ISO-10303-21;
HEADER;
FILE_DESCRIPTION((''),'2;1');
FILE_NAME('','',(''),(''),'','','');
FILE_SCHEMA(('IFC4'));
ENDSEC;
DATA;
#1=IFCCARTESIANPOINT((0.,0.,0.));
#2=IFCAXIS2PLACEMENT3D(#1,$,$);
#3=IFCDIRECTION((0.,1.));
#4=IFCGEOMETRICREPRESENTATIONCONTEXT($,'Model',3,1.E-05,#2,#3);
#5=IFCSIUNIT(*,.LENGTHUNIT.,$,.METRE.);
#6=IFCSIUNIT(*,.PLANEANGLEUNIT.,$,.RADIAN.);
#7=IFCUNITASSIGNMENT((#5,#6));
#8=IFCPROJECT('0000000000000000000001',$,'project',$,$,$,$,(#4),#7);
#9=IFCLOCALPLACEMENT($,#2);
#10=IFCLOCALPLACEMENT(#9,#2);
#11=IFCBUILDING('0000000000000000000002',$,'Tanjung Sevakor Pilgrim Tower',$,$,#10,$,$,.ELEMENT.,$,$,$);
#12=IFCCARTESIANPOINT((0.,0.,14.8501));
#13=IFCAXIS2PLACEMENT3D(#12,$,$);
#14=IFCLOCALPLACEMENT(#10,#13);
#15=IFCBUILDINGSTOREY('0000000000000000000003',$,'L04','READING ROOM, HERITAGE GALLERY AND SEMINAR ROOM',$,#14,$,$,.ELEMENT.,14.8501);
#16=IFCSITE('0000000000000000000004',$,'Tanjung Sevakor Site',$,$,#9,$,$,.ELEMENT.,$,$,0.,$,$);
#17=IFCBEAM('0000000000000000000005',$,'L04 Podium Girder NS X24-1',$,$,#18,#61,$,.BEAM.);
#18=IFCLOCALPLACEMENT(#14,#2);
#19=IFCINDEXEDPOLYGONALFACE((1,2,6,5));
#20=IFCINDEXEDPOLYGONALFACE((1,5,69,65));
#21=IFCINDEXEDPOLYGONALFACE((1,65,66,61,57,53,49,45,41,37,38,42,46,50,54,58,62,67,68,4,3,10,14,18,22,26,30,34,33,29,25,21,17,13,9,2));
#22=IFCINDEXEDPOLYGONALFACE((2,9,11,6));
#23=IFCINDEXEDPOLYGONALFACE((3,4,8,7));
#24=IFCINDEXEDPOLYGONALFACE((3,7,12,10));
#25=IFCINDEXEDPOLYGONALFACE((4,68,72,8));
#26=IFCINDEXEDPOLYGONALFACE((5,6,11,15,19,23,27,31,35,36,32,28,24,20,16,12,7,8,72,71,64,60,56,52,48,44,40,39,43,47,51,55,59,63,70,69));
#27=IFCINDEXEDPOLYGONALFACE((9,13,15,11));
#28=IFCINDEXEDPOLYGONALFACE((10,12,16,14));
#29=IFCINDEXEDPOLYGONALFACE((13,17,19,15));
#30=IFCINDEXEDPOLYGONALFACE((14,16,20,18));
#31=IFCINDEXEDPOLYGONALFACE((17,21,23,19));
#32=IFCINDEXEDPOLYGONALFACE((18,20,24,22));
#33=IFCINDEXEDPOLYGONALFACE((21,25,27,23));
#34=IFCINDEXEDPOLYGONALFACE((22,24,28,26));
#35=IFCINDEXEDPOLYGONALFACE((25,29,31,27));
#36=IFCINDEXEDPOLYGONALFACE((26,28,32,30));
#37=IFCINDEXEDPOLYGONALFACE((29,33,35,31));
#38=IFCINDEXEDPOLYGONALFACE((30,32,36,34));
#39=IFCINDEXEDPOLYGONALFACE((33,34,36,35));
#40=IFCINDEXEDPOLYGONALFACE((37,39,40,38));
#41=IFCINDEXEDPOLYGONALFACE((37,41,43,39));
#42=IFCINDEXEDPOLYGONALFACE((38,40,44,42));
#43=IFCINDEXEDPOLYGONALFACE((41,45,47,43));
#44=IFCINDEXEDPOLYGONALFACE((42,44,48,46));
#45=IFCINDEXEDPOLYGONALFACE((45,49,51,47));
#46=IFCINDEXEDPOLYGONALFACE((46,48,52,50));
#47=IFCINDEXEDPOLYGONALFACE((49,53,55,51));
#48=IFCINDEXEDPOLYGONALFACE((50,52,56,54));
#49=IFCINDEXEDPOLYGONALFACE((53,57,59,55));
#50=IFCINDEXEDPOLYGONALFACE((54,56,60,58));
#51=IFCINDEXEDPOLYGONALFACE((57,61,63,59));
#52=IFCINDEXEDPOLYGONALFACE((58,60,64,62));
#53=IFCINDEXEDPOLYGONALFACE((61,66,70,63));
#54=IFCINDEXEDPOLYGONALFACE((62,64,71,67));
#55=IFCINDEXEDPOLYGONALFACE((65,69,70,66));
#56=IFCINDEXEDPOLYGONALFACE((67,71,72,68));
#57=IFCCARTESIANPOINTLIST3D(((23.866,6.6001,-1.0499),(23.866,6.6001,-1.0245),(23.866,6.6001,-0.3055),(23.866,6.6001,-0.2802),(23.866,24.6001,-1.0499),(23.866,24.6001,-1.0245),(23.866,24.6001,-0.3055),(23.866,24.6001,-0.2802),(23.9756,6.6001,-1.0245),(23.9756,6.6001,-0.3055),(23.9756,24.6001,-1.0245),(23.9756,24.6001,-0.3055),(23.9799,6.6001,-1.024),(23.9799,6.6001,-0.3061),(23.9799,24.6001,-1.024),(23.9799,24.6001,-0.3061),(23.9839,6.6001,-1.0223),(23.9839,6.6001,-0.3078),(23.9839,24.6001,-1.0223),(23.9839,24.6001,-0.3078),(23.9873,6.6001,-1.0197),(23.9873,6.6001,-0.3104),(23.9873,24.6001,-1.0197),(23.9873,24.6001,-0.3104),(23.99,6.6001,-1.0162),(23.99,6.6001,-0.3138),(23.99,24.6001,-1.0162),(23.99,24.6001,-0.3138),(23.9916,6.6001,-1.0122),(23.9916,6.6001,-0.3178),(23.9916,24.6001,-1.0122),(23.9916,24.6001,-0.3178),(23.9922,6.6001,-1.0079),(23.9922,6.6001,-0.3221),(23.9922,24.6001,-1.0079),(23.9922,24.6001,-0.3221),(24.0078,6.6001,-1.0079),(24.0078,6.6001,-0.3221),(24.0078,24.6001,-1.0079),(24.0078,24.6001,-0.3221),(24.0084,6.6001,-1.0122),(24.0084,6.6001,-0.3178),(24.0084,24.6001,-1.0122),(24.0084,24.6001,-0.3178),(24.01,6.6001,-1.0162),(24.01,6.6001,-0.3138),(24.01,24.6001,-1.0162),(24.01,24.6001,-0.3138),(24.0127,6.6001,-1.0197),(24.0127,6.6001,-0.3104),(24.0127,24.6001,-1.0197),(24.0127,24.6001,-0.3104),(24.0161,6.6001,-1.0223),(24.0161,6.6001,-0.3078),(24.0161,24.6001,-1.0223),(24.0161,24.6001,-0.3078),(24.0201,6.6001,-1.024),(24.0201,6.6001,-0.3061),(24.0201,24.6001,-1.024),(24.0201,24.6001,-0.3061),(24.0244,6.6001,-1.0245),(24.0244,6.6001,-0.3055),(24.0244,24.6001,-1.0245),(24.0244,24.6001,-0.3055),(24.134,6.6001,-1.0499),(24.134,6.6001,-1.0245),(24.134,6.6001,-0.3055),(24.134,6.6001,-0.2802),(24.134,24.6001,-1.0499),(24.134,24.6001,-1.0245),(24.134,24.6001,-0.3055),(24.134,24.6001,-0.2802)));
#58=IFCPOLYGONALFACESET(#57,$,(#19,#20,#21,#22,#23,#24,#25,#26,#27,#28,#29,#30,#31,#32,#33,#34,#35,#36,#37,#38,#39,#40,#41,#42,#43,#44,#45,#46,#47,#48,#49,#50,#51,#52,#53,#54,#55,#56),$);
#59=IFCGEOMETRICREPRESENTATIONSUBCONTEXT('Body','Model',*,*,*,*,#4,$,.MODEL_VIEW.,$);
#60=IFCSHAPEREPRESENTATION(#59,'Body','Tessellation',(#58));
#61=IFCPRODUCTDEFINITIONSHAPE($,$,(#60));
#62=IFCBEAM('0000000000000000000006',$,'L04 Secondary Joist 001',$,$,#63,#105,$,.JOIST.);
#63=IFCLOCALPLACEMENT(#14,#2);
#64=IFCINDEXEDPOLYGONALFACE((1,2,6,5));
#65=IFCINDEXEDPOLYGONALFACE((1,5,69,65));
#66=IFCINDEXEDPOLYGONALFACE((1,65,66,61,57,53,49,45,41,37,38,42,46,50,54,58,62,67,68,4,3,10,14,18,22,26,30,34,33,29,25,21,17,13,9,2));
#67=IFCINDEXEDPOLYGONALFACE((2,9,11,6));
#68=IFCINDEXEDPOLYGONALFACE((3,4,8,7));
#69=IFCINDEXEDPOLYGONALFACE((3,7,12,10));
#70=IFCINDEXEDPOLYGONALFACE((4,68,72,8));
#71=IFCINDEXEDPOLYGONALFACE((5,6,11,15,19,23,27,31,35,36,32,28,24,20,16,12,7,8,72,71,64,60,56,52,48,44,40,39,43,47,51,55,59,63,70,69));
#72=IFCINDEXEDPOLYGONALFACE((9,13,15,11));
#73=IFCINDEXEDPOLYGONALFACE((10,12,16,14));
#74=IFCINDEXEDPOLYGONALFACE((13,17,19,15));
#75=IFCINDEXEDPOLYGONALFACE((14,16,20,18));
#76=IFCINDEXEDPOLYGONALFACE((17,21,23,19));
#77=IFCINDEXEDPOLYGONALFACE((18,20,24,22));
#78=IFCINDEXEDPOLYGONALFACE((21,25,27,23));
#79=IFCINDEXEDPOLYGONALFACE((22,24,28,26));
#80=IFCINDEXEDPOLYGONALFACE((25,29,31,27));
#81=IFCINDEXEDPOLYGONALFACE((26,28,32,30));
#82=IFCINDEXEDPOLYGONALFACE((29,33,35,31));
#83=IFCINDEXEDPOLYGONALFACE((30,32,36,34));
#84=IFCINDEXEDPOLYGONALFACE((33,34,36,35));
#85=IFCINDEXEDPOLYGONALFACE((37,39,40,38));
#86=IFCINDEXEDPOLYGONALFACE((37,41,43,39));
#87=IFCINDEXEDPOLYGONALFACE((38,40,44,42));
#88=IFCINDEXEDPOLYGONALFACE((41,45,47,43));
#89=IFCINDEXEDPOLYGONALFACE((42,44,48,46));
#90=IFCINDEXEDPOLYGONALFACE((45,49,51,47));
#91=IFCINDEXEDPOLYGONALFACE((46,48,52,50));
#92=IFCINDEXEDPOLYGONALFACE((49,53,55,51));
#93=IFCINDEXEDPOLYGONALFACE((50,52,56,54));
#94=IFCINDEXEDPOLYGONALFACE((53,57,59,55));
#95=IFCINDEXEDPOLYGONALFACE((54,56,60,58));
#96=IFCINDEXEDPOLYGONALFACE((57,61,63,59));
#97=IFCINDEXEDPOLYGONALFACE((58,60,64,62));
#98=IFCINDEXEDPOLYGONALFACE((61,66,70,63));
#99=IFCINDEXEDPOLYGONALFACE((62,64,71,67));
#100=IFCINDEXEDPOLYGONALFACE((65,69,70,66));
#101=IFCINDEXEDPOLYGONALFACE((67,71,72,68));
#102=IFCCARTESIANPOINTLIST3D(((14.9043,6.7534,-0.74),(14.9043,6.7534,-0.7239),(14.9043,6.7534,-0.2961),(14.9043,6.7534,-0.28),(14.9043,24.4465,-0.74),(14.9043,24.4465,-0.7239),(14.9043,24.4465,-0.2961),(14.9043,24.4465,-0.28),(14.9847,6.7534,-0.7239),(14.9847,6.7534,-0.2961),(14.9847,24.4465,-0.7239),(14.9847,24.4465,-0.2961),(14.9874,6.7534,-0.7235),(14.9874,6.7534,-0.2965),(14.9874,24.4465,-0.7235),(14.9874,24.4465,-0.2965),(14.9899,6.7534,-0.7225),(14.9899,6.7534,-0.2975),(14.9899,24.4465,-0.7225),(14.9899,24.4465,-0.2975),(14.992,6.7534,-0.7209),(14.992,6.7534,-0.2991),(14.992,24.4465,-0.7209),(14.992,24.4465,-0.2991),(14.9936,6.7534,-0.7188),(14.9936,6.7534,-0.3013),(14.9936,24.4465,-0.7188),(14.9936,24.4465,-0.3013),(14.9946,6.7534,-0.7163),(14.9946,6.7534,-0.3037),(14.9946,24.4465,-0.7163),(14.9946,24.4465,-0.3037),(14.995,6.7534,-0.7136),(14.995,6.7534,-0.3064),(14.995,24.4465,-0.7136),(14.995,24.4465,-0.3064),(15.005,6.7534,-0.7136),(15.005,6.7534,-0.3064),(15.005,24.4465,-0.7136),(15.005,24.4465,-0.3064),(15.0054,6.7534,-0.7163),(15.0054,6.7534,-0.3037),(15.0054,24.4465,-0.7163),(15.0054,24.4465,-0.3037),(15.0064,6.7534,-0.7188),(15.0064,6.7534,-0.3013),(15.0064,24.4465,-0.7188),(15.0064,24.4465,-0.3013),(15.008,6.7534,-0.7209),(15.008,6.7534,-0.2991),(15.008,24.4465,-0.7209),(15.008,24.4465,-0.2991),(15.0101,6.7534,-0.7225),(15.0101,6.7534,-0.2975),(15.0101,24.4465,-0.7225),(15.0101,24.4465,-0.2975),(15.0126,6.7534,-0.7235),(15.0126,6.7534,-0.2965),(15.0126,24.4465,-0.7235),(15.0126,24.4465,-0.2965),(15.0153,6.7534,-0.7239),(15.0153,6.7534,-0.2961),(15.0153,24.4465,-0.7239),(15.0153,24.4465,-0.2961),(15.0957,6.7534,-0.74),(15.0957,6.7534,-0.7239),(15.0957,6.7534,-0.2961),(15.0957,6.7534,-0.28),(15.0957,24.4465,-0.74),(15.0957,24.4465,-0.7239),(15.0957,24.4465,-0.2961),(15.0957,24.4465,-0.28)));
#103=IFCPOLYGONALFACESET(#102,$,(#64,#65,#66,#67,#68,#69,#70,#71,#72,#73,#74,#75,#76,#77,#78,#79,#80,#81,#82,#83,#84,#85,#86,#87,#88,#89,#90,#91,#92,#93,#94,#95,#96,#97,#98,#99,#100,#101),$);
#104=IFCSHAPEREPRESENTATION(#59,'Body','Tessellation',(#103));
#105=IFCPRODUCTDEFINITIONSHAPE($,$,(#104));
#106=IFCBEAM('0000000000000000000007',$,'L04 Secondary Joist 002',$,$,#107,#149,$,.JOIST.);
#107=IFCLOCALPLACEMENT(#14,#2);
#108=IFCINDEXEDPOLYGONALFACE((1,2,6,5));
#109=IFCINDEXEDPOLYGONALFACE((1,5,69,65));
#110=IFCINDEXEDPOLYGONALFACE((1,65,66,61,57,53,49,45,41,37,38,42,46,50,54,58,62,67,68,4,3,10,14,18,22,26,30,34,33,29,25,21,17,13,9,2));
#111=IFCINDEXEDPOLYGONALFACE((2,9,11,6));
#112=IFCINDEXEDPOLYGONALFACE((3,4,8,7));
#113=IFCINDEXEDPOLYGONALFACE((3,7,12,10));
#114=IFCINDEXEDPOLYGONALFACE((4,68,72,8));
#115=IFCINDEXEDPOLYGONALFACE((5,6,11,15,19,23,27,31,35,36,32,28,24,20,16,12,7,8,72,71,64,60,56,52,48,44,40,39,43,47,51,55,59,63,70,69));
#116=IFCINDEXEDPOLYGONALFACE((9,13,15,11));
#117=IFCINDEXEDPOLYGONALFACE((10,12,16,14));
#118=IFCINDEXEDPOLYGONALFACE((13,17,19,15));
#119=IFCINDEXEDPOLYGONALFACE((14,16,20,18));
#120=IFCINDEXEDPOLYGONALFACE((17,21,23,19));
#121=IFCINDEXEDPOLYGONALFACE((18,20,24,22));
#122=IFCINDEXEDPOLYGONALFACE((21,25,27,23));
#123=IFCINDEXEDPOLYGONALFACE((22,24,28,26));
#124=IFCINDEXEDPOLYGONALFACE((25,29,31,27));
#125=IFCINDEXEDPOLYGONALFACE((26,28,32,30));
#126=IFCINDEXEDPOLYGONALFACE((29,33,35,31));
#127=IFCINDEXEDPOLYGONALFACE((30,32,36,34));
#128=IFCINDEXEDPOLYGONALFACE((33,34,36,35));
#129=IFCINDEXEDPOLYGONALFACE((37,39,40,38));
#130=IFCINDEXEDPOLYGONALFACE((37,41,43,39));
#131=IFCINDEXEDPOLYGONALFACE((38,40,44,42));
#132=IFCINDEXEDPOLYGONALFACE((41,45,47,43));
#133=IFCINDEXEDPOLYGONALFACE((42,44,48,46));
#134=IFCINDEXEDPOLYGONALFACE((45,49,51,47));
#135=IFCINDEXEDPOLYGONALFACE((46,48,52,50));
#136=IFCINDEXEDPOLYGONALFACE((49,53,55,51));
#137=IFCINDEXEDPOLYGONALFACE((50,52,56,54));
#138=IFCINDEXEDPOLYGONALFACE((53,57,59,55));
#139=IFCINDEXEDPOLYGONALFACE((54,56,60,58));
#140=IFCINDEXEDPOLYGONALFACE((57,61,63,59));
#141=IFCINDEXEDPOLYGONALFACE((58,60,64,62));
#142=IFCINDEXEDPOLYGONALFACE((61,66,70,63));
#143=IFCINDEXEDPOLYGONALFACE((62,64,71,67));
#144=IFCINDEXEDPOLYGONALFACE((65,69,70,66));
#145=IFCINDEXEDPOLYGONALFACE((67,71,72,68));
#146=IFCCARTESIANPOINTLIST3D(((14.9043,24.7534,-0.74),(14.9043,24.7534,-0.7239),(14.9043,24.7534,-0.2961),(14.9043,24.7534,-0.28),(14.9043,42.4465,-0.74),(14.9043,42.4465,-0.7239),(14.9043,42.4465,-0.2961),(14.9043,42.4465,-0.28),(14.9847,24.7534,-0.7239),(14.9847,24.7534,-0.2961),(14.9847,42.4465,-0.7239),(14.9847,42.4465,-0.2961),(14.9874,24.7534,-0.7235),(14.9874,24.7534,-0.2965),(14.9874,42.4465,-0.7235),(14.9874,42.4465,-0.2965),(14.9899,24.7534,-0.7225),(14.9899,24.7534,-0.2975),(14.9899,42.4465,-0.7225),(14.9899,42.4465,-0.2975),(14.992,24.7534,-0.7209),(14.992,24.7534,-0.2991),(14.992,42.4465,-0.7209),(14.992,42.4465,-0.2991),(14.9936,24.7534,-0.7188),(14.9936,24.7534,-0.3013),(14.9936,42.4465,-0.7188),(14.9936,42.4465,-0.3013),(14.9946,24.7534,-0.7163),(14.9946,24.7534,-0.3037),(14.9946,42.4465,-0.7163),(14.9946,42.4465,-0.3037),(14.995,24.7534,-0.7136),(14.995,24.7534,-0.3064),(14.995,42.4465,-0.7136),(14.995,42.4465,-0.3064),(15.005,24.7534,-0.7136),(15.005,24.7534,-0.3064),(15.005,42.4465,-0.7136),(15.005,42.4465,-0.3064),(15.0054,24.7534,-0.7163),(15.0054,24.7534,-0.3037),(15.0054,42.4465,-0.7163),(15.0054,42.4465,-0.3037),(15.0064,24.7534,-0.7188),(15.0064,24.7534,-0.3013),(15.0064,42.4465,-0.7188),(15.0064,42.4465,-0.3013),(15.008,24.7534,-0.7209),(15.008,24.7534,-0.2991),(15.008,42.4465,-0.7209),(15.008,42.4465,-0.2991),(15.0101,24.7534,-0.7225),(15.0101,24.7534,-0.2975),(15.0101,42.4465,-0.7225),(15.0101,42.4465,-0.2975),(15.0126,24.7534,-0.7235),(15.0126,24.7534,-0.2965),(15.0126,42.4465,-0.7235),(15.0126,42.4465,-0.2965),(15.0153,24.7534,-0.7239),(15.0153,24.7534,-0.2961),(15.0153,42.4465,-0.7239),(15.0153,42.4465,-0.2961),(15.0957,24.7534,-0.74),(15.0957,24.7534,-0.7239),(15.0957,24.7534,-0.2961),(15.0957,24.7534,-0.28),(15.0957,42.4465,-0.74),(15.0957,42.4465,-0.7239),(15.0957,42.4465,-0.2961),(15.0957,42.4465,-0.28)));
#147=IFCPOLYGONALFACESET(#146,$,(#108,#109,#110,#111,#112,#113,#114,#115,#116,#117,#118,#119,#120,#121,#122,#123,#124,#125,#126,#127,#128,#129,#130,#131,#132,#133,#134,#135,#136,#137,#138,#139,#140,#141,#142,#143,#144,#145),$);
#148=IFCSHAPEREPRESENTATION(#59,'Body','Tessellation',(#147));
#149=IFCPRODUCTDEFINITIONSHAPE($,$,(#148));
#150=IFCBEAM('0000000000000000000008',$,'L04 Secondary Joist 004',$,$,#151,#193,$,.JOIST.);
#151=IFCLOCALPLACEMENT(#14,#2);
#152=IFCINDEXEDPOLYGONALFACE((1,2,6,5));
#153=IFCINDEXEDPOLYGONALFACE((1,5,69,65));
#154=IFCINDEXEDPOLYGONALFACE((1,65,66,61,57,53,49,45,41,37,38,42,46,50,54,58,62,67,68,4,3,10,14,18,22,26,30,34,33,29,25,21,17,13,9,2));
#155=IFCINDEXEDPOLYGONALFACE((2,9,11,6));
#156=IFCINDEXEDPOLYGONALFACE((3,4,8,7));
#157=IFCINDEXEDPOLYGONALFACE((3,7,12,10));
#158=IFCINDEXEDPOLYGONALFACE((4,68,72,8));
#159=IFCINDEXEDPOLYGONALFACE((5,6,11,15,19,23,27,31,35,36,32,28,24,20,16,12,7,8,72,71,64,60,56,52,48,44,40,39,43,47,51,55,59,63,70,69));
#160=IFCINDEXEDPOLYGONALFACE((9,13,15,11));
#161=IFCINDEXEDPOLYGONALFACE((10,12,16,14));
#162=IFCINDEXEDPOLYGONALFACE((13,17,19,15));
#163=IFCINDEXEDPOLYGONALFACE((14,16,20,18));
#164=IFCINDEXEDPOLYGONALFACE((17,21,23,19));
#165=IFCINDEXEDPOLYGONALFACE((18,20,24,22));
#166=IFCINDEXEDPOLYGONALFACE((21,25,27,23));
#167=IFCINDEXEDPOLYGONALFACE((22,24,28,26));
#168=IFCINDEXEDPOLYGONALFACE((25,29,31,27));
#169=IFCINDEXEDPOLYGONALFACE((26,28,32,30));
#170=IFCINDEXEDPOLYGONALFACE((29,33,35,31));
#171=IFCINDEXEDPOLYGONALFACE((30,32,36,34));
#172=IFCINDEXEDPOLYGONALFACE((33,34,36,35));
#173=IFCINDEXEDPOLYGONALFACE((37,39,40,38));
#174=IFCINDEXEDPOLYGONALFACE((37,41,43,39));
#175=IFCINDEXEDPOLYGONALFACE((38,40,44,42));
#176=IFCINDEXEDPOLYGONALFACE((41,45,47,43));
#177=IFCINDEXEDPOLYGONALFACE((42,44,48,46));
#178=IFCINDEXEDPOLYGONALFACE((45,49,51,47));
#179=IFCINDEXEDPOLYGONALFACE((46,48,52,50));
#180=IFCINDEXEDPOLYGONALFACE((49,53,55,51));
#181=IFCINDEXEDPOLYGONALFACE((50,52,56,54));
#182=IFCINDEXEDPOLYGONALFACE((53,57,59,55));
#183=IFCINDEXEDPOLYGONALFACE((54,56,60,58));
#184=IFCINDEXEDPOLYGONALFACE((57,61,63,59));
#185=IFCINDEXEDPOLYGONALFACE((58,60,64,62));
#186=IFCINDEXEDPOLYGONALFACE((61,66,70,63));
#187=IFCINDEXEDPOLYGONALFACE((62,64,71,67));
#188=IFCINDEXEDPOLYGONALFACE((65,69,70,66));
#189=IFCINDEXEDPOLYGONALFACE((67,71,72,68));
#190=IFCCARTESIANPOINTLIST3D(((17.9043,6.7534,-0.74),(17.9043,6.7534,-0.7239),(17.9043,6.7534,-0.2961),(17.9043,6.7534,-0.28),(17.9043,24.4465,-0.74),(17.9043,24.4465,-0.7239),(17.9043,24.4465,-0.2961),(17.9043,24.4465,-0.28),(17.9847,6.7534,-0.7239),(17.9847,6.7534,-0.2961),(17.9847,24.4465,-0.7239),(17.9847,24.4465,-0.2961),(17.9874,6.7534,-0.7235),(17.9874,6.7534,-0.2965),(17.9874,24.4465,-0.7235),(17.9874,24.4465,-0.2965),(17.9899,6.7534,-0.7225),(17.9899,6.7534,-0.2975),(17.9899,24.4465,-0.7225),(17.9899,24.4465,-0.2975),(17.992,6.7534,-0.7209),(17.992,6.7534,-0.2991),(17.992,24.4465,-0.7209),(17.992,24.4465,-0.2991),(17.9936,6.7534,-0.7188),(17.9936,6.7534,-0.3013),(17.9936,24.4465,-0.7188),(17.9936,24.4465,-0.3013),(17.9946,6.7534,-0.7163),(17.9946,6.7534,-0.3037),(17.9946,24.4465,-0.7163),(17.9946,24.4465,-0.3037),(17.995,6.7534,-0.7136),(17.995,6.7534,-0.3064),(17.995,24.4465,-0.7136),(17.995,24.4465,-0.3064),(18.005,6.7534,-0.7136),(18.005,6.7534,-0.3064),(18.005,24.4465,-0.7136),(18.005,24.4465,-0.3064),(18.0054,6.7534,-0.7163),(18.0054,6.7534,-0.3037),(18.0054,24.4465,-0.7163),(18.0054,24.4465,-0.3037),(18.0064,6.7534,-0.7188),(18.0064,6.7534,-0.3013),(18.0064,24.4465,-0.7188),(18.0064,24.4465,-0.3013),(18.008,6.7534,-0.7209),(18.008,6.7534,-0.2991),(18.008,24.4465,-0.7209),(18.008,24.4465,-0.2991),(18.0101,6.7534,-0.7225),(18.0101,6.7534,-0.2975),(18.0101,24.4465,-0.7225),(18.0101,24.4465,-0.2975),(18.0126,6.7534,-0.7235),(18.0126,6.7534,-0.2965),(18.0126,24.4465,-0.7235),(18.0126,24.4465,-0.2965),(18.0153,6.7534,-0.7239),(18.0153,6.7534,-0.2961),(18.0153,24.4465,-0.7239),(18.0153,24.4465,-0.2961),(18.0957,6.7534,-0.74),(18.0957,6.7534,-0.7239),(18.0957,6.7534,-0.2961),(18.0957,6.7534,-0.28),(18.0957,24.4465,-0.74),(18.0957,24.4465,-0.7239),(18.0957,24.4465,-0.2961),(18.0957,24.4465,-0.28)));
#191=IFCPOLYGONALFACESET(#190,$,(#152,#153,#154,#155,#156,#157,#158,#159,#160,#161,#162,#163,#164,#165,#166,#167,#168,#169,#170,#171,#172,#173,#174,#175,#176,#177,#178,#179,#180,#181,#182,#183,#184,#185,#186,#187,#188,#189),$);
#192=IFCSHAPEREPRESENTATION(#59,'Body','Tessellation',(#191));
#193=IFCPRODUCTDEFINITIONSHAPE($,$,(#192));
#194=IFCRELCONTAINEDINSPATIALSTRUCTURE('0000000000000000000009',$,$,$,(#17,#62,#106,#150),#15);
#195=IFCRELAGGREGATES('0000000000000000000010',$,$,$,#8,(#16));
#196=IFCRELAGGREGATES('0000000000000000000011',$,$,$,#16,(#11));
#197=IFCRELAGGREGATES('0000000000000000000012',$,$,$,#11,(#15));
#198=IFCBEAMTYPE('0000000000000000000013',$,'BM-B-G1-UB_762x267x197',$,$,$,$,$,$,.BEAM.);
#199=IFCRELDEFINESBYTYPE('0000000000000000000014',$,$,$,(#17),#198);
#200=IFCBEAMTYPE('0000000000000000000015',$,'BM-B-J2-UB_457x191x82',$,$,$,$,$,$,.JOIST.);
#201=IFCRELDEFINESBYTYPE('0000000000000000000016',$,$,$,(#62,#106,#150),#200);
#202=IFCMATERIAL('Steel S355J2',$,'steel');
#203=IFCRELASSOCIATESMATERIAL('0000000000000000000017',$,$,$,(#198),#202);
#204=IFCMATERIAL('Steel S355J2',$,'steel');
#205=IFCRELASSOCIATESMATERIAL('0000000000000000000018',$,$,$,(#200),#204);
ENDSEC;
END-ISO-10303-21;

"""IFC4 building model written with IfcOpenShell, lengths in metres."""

from ifc_helpers import new_model, si_unit, direction, frame, origin, origin_2d, place, context, subcontext, project, spatial, i_section, extrude, material, material_profile, profile_set, type_object, element, save


model = new_model("IFC4")

# Units and contexts
model_context = context("Model", 3, precision=1e-05, world=origin(), true_north=direction((0.0, 1.0)))
body_context = subcontext(model_context, "Body", "Model", "MODEL_VIEW")
ifc_project = project(units=[si_unit("LENGTHUNIT", "METRE"), si_unit("PLANEANGLEUNIT", "RADIAN")], contexts=[model_context])

# Site, building, storey
site_placement = place(None, origin())
site = spatial("IfcSite", under=ifc_project, at=site_placement, Name="Tanjung Sevakor Site", CompositionType="ELEMENT", RefElevation=0.0)
building_placement = place(site_placement, origin())
building = spatial("IfcBuilding", under=site, at=building_placement, Name="Tanjung Sevakor Pilgrim Tower", CompositionType="ELEMENT")
storey_placement = place(building_placement, frame((0.0, 0.0, 14.8501)))
storey = spatial("IfcBuildingStorey", under=building, at=storey_placement, Name="L04", Description="READING ROOM, HERITAGE GALLERY AND SEMINAR ROOM", CompositionType="ELEMENT", Elevation=14.8501)

# Beams
ifc_material_1 = material(Name="Steel S355J2", Category="steel")
ifc_material_profile_1 = material_profile(ifc_material_1, i_section(OverallWidth=0.2681, OverallDepth=0.7698, WebThickness=0.0156, FlangeThickness=0.0254, FilletRadius=0.0166, at=origin_2d()))
ifc_profile_set_1 = profile_set([ifc_material_profile_1], Name="Steel S355J2")
beam_type_1 = type_object("IfcBeamType", Name="BM-B-G1-UB_762x267x197", PredefinedType="BEAM", material=ifc_profile_set_1)
for number, where, z_axis, x_axis, name in (
    (1, (24.0, 6.6001, -0.665), (0.0, 1.0, 0.0), (-1.0, 0.0, 0.0), "L04 Podium Girder NS X24-1"),
):
    element("IfcBeam", number, at=place(storey_placement, frame(where, z_axis=z_axis, x_axis=x_axis)), inside=storey, type_object=beam_type_1, Name=name, PredefinedType="BEAM", context=body_context, shape_type="SweptSolid", body=[
        extrude(i_section(OverallWidth=0.2681, OverallDepth=0.7698, WebThickness=0.0156, FlangeThickness=0.0254, FilletRadius=0.0166, at=origin_2d()), origin(), (0.0, 0.0, 1.0), 18.0),
    ])
ifc_material_2 = material(Name="Steel S355J2", Category="steel")
ifc_material_profile_2 = material_profile(ifc_material_2, i_section(OverallWidth=0.1914, OverallDepth=0.46, WebThickness=0.01, FlangeThickness=0.0161, FilletRadius=0.0103, at=origin_2d()))
ifc_profile_set_2 = profile_set([ifc_material_profile_2], Name="Steel S355J2")
beam_type_2 = type_object("IfcBeamType", Name="BM-B-J2-UB_457x191x82", PredefinedType="JOIST", material=ifc_profile_set_2)
for number, where, z_axis, x_axis, name in (
    (2, (15.0, 6.7534, -0.51), (0.0, 1.0, 0.0), (-1.0, 0.0, 0.0), "L04 Secondary Joist 001"),
    (3, (15.0, 24.7534, -0.51), (0.0, 1.0, 0.0), (-1.0, 0.0, 0.0), "L04 Secondary Joist 002"),
    (4, (18.0, 6.7534, -0.51), (0.0, 1.0, 0.0), (-1.0, 0.0, 0.0), "L04 Secondary Joist 004"),
):
    element("IfcBeam", number, at=place(storey_placement, frame(where, z_axis=z_axis, x_axis=x_axis)), inside=storey, type_object=beam_type_2, Name=name, PredefinedType="JOIST", context=body_context, shape_type="SweptSolid", body=[
        extrude(i_section(OverallWidth=0.1914, OverallDepth=0.46, WebThickness=0.01, FlangeThickness=0.0161, FilletRadius=0.0103, at=origin_2d()), origin(), (0.0, 0.0, 1.0), 17.6931),
    ])

save(model, "model.ifc")
